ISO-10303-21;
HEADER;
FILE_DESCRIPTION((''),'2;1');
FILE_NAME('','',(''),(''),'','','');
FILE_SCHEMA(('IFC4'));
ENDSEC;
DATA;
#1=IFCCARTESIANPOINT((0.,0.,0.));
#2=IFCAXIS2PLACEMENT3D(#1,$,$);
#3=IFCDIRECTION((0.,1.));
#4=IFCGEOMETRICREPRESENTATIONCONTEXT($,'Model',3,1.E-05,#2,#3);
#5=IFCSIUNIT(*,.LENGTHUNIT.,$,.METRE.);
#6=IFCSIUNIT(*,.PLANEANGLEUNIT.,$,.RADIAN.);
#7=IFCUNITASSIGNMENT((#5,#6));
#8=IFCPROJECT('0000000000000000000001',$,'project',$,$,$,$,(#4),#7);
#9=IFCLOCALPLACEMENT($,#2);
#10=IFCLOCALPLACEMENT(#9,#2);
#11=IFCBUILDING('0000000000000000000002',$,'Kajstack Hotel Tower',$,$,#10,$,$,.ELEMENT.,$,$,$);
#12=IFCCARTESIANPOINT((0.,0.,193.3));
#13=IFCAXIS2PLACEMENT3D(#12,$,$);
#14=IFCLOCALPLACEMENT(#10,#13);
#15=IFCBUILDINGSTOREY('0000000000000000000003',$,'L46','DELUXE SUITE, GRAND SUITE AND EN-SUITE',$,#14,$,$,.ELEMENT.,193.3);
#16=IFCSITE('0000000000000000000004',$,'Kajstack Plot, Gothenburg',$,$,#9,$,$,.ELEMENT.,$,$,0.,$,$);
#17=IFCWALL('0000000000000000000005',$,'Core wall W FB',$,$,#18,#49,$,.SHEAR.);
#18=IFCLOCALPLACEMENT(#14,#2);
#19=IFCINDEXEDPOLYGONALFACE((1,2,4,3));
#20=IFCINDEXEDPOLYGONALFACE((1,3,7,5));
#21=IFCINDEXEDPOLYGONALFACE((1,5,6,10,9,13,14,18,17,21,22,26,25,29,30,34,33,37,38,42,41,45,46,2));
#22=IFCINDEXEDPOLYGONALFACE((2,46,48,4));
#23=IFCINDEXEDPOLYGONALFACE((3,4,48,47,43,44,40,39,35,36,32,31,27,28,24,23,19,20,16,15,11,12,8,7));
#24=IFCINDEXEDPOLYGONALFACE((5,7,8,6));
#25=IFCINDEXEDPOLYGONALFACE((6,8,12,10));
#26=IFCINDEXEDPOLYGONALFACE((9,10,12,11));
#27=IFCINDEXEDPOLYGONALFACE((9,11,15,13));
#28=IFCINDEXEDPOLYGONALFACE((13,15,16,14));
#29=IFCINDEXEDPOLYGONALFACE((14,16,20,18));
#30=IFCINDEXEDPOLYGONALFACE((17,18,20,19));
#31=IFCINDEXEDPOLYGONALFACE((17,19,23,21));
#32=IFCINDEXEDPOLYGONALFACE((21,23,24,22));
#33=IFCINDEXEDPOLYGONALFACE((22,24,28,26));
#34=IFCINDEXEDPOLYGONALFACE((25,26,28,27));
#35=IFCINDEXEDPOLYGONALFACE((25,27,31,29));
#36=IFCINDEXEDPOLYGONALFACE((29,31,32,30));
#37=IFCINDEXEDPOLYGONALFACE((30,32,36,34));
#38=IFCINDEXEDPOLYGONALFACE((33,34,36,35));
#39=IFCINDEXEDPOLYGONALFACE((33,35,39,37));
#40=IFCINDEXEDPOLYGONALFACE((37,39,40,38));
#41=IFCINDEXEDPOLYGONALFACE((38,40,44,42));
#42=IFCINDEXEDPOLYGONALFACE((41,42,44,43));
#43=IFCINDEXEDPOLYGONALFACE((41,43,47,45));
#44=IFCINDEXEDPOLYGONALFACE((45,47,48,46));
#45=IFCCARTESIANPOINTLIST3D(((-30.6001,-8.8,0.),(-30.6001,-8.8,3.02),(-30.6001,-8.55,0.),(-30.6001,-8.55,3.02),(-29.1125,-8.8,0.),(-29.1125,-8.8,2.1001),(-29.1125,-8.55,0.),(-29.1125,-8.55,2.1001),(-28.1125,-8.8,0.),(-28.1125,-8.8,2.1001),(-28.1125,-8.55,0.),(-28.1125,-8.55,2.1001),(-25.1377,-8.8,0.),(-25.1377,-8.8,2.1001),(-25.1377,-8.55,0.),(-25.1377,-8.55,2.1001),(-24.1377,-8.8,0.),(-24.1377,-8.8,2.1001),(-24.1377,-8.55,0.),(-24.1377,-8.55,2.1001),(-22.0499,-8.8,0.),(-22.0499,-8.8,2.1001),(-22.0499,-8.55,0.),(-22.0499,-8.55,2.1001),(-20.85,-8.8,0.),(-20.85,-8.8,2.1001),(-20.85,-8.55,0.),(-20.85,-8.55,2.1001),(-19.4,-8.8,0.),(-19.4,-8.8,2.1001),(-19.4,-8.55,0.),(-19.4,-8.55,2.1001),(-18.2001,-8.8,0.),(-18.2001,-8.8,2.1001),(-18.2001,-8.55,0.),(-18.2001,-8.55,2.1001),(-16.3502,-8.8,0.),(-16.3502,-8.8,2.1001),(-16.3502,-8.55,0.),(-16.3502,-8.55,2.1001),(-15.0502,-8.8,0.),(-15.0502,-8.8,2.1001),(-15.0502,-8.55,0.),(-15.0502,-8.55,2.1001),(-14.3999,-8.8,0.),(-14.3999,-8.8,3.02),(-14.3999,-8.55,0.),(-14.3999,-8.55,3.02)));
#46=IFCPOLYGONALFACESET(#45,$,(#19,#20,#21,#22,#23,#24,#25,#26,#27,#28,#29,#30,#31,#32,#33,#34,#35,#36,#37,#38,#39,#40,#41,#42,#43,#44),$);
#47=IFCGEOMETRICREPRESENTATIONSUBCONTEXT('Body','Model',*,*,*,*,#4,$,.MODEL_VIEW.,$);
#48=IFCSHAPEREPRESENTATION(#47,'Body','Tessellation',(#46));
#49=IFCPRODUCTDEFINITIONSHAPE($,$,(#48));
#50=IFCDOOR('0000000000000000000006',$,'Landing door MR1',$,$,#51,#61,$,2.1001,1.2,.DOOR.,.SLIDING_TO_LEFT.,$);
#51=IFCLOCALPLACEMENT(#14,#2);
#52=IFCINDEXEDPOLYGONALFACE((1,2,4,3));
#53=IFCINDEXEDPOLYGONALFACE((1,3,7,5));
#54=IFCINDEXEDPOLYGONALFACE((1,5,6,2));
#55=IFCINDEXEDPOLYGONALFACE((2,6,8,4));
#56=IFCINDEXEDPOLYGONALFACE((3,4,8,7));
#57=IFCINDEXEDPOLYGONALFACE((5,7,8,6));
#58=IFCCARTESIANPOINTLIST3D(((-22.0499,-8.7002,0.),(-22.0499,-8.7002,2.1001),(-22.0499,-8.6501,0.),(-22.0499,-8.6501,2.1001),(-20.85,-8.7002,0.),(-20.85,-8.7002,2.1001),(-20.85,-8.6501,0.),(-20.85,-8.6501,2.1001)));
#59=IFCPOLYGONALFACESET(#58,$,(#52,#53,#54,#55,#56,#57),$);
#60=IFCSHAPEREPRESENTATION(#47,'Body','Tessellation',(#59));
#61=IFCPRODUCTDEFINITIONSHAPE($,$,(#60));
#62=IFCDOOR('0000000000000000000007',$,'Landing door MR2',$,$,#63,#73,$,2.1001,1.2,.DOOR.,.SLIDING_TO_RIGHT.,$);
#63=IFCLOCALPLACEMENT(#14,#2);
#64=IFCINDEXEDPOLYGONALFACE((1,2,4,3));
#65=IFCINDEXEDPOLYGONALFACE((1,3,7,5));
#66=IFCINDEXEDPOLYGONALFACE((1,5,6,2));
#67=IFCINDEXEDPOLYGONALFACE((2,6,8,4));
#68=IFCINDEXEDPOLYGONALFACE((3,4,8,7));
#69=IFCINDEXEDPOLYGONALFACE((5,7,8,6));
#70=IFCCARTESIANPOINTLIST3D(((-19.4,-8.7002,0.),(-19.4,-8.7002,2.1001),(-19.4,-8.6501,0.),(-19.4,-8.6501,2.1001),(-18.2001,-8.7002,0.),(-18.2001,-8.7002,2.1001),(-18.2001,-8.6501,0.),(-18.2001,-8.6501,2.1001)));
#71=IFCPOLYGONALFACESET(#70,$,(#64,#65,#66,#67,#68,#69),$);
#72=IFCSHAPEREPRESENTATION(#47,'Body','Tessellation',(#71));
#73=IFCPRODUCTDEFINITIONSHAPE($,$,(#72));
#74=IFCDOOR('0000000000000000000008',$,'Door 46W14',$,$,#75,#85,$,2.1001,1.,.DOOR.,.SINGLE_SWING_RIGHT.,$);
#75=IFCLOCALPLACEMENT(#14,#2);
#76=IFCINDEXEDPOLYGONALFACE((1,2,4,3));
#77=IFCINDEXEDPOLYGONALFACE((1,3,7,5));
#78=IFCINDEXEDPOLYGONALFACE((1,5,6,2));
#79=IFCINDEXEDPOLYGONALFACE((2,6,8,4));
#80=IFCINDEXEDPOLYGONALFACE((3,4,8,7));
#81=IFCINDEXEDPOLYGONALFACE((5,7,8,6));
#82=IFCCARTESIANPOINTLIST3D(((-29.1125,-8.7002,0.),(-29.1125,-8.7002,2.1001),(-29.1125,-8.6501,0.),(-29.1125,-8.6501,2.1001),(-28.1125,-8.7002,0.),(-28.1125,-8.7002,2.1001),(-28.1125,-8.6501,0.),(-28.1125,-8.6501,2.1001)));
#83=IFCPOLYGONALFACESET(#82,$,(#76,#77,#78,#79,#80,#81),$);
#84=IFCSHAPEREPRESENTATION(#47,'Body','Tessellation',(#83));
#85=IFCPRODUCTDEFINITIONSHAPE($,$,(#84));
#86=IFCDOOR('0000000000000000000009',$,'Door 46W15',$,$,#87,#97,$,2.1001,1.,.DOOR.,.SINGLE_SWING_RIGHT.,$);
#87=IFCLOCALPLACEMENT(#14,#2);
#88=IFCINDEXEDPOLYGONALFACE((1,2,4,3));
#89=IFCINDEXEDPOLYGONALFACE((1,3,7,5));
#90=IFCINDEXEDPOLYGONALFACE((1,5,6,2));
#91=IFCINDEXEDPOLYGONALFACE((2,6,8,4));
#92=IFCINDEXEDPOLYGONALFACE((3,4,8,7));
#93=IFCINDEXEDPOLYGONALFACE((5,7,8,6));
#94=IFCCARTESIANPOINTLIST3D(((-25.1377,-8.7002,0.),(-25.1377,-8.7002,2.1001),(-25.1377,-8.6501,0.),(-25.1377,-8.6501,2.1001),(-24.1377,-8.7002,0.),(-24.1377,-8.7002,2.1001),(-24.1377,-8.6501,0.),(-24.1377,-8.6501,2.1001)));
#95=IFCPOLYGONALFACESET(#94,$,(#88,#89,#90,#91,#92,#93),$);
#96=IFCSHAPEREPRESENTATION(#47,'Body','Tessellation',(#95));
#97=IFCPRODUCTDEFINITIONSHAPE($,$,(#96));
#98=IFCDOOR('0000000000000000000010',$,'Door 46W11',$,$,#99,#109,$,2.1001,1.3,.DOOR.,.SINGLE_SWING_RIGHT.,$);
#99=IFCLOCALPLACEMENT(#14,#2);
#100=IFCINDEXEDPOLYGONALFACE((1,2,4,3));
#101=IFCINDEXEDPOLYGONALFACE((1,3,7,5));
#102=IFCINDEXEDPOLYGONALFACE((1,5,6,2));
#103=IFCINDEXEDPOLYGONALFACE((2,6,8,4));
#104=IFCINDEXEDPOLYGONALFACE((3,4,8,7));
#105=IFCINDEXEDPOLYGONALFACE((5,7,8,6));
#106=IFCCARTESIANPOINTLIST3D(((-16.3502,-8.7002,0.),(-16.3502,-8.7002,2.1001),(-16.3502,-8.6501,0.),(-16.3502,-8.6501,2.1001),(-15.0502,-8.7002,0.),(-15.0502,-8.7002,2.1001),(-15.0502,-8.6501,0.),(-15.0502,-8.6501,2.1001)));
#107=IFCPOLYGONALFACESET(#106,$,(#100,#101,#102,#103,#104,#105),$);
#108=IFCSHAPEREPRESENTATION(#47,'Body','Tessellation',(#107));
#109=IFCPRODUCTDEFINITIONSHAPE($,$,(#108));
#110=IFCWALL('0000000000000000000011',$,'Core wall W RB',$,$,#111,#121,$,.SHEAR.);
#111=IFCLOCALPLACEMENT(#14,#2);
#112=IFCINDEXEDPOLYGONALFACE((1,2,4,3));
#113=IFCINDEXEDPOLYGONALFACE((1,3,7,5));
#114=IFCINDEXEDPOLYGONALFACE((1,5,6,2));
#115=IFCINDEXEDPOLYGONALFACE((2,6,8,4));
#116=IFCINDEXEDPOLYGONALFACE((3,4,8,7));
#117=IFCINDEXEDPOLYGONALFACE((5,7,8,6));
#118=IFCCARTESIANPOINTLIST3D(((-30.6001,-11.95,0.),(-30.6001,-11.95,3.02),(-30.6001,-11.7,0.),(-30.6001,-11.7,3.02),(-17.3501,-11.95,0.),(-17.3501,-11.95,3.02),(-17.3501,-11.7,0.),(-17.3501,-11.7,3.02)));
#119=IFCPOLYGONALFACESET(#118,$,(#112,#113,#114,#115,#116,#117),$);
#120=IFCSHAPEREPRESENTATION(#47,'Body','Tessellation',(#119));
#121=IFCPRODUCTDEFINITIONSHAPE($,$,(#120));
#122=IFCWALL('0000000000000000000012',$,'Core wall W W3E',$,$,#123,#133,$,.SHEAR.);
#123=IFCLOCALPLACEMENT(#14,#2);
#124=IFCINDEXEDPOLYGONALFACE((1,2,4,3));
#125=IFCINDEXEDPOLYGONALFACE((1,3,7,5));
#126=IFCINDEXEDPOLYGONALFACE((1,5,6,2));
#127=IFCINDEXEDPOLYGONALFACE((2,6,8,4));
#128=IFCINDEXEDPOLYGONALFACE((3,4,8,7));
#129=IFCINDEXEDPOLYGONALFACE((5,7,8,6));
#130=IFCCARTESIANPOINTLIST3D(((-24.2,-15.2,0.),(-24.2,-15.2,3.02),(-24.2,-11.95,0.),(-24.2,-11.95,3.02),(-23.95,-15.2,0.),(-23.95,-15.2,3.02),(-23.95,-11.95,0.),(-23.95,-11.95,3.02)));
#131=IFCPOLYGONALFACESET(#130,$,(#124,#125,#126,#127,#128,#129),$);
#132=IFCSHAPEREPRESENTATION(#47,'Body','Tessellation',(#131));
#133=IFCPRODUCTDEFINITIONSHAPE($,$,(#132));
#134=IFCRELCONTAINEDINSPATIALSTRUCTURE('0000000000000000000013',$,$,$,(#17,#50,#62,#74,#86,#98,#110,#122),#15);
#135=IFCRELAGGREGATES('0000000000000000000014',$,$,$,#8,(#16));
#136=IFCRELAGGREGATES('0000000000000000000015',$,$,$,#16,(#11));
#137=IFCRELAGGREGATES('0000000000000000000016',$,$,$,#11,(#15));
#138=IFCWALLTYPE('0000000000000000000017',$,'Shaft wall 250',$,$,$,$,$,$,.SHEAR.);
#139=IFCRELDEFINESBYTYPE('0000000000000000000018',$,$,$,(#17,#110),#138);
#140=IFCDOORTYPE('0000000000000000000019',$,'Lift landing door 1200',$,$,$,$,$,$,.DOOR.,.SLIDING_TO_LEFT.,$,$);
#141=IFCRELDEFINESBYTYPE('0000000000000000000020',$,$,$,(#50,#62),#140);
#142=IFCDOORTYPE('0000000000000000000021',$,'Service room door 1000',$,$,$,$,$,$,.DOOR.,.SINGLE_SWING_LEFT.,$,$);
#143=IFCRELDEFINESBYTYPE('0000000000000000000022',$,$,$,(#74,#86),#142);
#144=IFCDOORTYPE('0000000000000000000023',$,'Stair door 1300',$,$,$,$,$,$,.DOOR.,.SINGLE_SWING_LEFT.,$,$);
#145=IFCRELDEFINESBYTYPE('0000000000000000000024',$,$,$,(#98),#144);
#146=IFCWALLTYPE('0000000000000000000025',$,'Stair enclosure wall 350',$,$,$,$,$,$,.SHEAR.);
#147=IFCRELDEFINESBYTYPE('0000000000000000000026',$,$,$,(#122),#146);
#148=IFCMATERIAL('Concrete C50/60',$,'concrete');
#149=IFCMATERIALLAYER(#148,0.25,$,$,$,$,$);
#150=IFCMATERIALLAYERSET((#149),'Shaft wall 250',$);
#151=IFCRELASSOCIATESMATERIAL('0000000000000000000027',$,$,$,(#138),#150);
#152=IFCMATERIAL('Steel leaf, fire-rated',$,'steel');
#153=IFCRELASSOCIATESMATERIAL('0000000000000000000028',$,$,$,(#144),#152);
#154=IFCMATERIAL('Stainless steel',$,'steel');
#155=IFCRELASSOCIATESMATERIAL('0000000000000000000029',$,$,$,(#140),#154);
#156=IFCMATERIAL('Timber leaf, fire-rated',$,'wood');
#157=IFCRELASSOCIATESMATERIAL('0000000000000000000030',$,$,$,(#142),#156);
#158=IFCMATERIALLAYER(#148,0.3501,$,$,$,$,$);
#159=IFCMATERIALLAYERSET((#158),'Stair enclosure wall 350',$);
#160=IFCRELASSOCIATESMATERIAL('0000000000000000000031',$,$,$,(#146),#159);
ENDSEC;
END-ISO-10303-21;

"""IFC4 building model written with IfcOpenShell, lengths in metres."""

from ifc_helpers import new_model, si_unit, direction, frame, frame_2d, origin, place, context, subcontext, project, spatial, rectangle, extrude, material, layer, layer_set, type_object, element, fill, save


model = new_model("IFC4")

# Units and contexts
model_context = context("Model", 3, precision=1e-05, world=origin(), true_north=direction((0.0, 1.0)))
body_context = subcontext(model_context, "Body", "Model", "MODEL_VIEW")
ifc_project = project(units=[si_unit("LENGTHUNIT", "METRE"), si_unit("PLANEANGLEUNIT", "RADIAN")], contexts=[model_context])

# Site, building, storey
site_placement = place(None, origin())
site = spatial("IfcSite", under=ifc_project, at=site_placement, Name="Kajstack Plot, Gothenburg", CompositionType="ELEMENT", RefElevation=0.0)
building_placement = place(site_placement, origin())
building = spatial("IfcBuilding", under=site, at=building_placement, Name="Kajstack Hotel Tower", CompositionType="ELEMENT")
storey_placement = place(building_placement, frame((0.0, 0.0, 193.3)))
storey = spatial("IfcBuildingStorey", under=building, at=storey_placement, Name="L46", Description="DELUXE SUITE, GRAND SUITE AND EN-SUITE", CompositionType="ELEMENT", Elevation=193.3)

# Shared definitions
ifc_material_1 = material(Name="Stainless steel", Category="steel")

# Wall, openings, doors
ifc_material_2 = material(Name="Concrete C50/60", Category="concrete")
ifc_layer_1 = layer(ifc_material_2, 0.25)
ifc_layer_set_1 = layer_set([ifc_layer_1], Name="Shaft wall 250")
wall_type_1 = type_object("IfcWallType", Name="Shaft wall 250", PredefinedType="SHEAR", material=ifc_layer_set_1)
ifc_material_3 = material(Name="Timber leaf, fire-rated", Category="wood")
ifc_material_4 = material(Name="Steel leaf, fire-rated", Category="steel")
door_type_1 = type_object("IfcDoorType", Name="Stair door 1300", OperationType="SINGLE_SWING_LEFT", PredefinedType="DOOR", material=ifc_material_4)
wall_1_placement = place(storey_placement, frame((-30.6001, -8.675, 0.0), z_axis=(0.0, 0.0, 1.0), x_axis=(1.0, 0.0, 0.0)))
wall_1 = element("IfcWall", 1, at=wall_1_placement, inside=storey, type_object=wall_type_1, Name="Core wall W FB", PredefinedType="SHEAR", context=body_context, shape_type="SweptSolid", body=[
    extrude(rectangle(XDim=16.2002, YDim=0.25, at=frame_2d((8.1001, 0.0))), origin(), (0.0, 0.0, 1.0), 3.02),
])
opening_1_placement = place(wall_1_placement, frame((8.55, 0.0, 0.0)))
opening_1 = element("IfcOpeningElement", 2, at=opening_1_placement, cuts=wall_1, PredefinedType="OPENING", context=body_context, shape_type="SweptSolid", body=[
    extrude(rectangle(XDim=1.2, YDim=2.1001, at=frame_2d((0.6001, 1.05))), frame((0.0, 0.135, 0.0), z_axis=(0.0, -1.0, 0.0), x_axis=(1.0, 0.0, 0.0)), (0.0, 0.0, 1.0), 0.27),
])
opening_2_placement = place(wall_1_placement, frame((11.2, 0.0, 0.0)))
opening_2 = element("IfcOpeningElement", 3, at=opening_2_placement, cuts=wall_1, PredefinedType="OPENING", context=body_context, shape_type="SweptSolid", body=[
    extrude(rectangle(XDim=1.2, YDim=2.1001, at=frame_2d((0.6001, 1.05))), frame((0.0, 0.135, 0.0), z_axis=(0.0, -1.0, 0.0), x_axis=(1.0, 0.0, 0.0)), (0.0, 0.0, 1.0), 0.27),
])
opening_3_placement = place(wall_1_placement, frame((14.25, 0.0, 0.0)))
opening_3 = element("IfcOpeningElement", 4, at=opening_3_placement, cuts=wall_1, PredefinedType="OPENING", context=body_context, shape_type="SweptSolid", body=[
    extrude(rectangle(XDim=1.3, YDim=2.1001, at=frame_2d((0.6499, 1.05))), frame((0.0, 0.135, 0.0), z_axis=(0.0, -1.0, 0.0), x_axis=(1.0, 0.0, 0.0)), (0.0, 0.0, 1.0), 0.27),
])
opening_4_placement = place(wall_1_placement, frame((1.4875, 0.0, 0.0)))
opening_4 = element("IfcOpeningElement", 5, at=opening_4_placement, cuts=wall_1, PredefinedType="OPENING", context=body_context, shape_type="SweptSolid", body=[
    extrude(rectangle(XDim=1.0, YDim=2.1001, at=frame_2d((0.5, 1.05))), frame((0.0, 0.135, 0.0), z_axis=(0.0, -1.0, 0.0), x_axis=(1.0, 0.0, 0.0)), (0.0, 0.0, 1.0), 0.27),
])
opening_5_placement = place(wall_1_placement, frame((5.4624, 0.0, 0.0)))
opening_5 = element("IfcOpeningElement", 6, at=opening_5_placement, cuts=wall_1, PredefinedType="OPENING", context=body_context, shape_type="SweptSolid", body=[
    extrude(rectangle(XDim=1.0, YDim=2.1001, at=frame_2d((0.5, 1.05))), frame((0.0, 0.135, 0.0), z_axis=(0.0, -1.0, 0.0), x_axis=(1.0, 0.0, 0.0)), (0.0, 0.0, 1.0), 0.27),
])
door_type_2 = type_object("IfcDoorType", Name="Lift landing door 1200", OperationType="SLIDING_TO_LEFT", PredefinedType="DOOR", material=ifc_material_1)
door_1_placement = place(opening_1_placement, origin())
door_1 = element("IfcDoor", 7, at=door_1_placement, inside=storey, type_object=door_type_2, Name="Landing door MR1", OperationType="SLIDING_TO_LEFT", OverallHeight=2.1001, OverallWidth=1.2, PredefinedType="DOOR", context=body_context, shape_type="SweptSolid", body=[
    extrude(rectangle(XDim=1.2, YDim=2.1001, at=frame_2d((0.6001, 1.05))), frame((0.0, 0.0249, 0.0), z_axis=(0.0, -1.0, 0.0), x_axis=(1.0, 0.0, 0.0)), (0.0, 0.0, 1.0), 0.05),
])
fill(opening_1, door_1)
door_2_placement = place(opening_2_placement, origin())
door_2 = element("IfcDoor", 8, at=door_2_placement, inside=storey, type_object=door_type_2, Name="Landing door MR2", OperationType="SLIDING_TO_RIGHT", OverallHeight=2.1001, OverallWidth=1.2, PredefinedType="DOOR", context=body_context, shape_type="SweptSolid", body=[
    extrude(rectangle(XDim=1.2, YDim=2.1001, at=frame_2d((0.6001, 1.05))), frame((0.0, 0.0249, 0.0), z_axis=(0.0, -1.0, 0.0), x_axis=(1.0, 0.0, 0.0)), (0.0, 0.0, 1.0), 0.05),
])
fill(opening_2, door_2)
door_type_3 = type_object("IfcDoorType", Name="Service room door 1000", OperationType="SINGLE_SWING_LEFT", PredefinedType="DOOR", material=ifc_material_3)
door_3_placement = place(opening_4_placement, origin())
door_3 = element("IfcDoor", 9, at=door_3_placement, inside=storey, type_object=door_type_3, Name="Door 46W14", OperationType="SINGLE_SWING_RIGHT", OverallHeight=2.1001, OverallWidth=1.0, PredefinedType="DOOR", context=body_context, shape_type="SweptSolid", body=[
    extrude(rectangle(XDim=1.0, YDim=2.1001, at=frame_2d((0.5, 1.05))), frame((0.0, 0.0249, 0.0), z_axis=(0.0, -1.0, 0.0), x_axis=(1.0, 0.0, 0.0)), (0.0, 0.0, 1.0), 0.05),
])
fill(opening_4, door_3)
door_4_placement = place(opening_5_placement, origin())
door_4 = element("IfcDoor", 10, at=door_4_placement, inside=storey, type_object=door_type_3, Name="Door 46W15", OperationType="SINGLE_SWING_RIGHT", OverallHeight=2.1001, OverallWidth=1.0, PredefinedType="DOOR", context=body_context, shape_type="SweptSolid", body=[
    extrude(rectangle(XDim=1.0, YDim=2.1001, at=frame_2d((0.5, 1.05))), frame((0.0, 0.0249, 0.0), z_axis=(0.0, -1.0, 0.0), x_axis=(1.0, 0.0, 0.0)), (0.0, 0.0, 1.0), 0.05),
])
fill(opening_5, door_4)
door_5_placement = place(opening_3_placement, origin())
door_5 = element("IfcDoor", 11, at=door_5_placement, inside=storey, type_object=door_type_1, Name="Door 46W11", OperationType="SINGLE_SWING_RIGHT", OverallHeight=2.1001, OverallWidth=1.3, PredefinedType="DOOR", context=body_context, shape_type="SweptSolid", body=[
    extrude(rectangle(XDim=1.3, YDim=2.1001, at=frame_2d((0.6499, 1.05))), frame((0.0, 0.0249, 0.0), z_axis=(0.0, -1.0, 0.0), x_axis=(1.0, 0.0, 0.0)), (0.0, 0.0, 1.0), 0.05),
])
fill(opening_3, door_5)

# Walls
wall_2_placement = place(storey_placement, frame((-30.6001, -11.825, 0.0), z_axis=(0.0, 0.0, 1.0), x_axis=(1.0, 0.0, 0.0)))
element("IfcWall", 12, at=wall_2_placement, inside=storey, type_object=wall_type_1, Name="Core wall W RB", PredefinedType="SHEAR", context=body_context, shape_type="SweptSolid", body=[
    extrude(rectangle(XDim=13.25, YDim=0.25, at=frame_2d((6.625, 0.0))), origin(), (0.0, 0.0, 1.0), 3.02),
])
ifc_layer_2 = layer(ifc_material_2, 0.3501)
ifc_layer_set_2 = layer_set([ifc_layer_2], Name="Stair enclosure wall 350")
wall_type_2 = type_object("IfcWallType", Name="Stair enclosure wall 350", PredefinedType="SHEAR", material=ifc_layer_set_2)
wall_3_placement = place(storey_placement, frame((-24.075, -15.2, 0.0), z_axis=(0.0, 0.0, 1.0), x_axis=(0.0, 1.0, 0.0)))
element("IfcWall", 13, at=wall_3_placement, inside=storey, type_object=wall_type_2, Name="Core wall W W3E", PredefinedType="SHEAR", context=body_context, shape_type="SweptSolid", body=[
    extrude(rectangle(XDim=3.25, YDim=0.25, at=frame_2d((1.625, 0.0))), origin(), (0.0, 0.0, 1.0), 3.02),
])

save(model, "model.ifc")
